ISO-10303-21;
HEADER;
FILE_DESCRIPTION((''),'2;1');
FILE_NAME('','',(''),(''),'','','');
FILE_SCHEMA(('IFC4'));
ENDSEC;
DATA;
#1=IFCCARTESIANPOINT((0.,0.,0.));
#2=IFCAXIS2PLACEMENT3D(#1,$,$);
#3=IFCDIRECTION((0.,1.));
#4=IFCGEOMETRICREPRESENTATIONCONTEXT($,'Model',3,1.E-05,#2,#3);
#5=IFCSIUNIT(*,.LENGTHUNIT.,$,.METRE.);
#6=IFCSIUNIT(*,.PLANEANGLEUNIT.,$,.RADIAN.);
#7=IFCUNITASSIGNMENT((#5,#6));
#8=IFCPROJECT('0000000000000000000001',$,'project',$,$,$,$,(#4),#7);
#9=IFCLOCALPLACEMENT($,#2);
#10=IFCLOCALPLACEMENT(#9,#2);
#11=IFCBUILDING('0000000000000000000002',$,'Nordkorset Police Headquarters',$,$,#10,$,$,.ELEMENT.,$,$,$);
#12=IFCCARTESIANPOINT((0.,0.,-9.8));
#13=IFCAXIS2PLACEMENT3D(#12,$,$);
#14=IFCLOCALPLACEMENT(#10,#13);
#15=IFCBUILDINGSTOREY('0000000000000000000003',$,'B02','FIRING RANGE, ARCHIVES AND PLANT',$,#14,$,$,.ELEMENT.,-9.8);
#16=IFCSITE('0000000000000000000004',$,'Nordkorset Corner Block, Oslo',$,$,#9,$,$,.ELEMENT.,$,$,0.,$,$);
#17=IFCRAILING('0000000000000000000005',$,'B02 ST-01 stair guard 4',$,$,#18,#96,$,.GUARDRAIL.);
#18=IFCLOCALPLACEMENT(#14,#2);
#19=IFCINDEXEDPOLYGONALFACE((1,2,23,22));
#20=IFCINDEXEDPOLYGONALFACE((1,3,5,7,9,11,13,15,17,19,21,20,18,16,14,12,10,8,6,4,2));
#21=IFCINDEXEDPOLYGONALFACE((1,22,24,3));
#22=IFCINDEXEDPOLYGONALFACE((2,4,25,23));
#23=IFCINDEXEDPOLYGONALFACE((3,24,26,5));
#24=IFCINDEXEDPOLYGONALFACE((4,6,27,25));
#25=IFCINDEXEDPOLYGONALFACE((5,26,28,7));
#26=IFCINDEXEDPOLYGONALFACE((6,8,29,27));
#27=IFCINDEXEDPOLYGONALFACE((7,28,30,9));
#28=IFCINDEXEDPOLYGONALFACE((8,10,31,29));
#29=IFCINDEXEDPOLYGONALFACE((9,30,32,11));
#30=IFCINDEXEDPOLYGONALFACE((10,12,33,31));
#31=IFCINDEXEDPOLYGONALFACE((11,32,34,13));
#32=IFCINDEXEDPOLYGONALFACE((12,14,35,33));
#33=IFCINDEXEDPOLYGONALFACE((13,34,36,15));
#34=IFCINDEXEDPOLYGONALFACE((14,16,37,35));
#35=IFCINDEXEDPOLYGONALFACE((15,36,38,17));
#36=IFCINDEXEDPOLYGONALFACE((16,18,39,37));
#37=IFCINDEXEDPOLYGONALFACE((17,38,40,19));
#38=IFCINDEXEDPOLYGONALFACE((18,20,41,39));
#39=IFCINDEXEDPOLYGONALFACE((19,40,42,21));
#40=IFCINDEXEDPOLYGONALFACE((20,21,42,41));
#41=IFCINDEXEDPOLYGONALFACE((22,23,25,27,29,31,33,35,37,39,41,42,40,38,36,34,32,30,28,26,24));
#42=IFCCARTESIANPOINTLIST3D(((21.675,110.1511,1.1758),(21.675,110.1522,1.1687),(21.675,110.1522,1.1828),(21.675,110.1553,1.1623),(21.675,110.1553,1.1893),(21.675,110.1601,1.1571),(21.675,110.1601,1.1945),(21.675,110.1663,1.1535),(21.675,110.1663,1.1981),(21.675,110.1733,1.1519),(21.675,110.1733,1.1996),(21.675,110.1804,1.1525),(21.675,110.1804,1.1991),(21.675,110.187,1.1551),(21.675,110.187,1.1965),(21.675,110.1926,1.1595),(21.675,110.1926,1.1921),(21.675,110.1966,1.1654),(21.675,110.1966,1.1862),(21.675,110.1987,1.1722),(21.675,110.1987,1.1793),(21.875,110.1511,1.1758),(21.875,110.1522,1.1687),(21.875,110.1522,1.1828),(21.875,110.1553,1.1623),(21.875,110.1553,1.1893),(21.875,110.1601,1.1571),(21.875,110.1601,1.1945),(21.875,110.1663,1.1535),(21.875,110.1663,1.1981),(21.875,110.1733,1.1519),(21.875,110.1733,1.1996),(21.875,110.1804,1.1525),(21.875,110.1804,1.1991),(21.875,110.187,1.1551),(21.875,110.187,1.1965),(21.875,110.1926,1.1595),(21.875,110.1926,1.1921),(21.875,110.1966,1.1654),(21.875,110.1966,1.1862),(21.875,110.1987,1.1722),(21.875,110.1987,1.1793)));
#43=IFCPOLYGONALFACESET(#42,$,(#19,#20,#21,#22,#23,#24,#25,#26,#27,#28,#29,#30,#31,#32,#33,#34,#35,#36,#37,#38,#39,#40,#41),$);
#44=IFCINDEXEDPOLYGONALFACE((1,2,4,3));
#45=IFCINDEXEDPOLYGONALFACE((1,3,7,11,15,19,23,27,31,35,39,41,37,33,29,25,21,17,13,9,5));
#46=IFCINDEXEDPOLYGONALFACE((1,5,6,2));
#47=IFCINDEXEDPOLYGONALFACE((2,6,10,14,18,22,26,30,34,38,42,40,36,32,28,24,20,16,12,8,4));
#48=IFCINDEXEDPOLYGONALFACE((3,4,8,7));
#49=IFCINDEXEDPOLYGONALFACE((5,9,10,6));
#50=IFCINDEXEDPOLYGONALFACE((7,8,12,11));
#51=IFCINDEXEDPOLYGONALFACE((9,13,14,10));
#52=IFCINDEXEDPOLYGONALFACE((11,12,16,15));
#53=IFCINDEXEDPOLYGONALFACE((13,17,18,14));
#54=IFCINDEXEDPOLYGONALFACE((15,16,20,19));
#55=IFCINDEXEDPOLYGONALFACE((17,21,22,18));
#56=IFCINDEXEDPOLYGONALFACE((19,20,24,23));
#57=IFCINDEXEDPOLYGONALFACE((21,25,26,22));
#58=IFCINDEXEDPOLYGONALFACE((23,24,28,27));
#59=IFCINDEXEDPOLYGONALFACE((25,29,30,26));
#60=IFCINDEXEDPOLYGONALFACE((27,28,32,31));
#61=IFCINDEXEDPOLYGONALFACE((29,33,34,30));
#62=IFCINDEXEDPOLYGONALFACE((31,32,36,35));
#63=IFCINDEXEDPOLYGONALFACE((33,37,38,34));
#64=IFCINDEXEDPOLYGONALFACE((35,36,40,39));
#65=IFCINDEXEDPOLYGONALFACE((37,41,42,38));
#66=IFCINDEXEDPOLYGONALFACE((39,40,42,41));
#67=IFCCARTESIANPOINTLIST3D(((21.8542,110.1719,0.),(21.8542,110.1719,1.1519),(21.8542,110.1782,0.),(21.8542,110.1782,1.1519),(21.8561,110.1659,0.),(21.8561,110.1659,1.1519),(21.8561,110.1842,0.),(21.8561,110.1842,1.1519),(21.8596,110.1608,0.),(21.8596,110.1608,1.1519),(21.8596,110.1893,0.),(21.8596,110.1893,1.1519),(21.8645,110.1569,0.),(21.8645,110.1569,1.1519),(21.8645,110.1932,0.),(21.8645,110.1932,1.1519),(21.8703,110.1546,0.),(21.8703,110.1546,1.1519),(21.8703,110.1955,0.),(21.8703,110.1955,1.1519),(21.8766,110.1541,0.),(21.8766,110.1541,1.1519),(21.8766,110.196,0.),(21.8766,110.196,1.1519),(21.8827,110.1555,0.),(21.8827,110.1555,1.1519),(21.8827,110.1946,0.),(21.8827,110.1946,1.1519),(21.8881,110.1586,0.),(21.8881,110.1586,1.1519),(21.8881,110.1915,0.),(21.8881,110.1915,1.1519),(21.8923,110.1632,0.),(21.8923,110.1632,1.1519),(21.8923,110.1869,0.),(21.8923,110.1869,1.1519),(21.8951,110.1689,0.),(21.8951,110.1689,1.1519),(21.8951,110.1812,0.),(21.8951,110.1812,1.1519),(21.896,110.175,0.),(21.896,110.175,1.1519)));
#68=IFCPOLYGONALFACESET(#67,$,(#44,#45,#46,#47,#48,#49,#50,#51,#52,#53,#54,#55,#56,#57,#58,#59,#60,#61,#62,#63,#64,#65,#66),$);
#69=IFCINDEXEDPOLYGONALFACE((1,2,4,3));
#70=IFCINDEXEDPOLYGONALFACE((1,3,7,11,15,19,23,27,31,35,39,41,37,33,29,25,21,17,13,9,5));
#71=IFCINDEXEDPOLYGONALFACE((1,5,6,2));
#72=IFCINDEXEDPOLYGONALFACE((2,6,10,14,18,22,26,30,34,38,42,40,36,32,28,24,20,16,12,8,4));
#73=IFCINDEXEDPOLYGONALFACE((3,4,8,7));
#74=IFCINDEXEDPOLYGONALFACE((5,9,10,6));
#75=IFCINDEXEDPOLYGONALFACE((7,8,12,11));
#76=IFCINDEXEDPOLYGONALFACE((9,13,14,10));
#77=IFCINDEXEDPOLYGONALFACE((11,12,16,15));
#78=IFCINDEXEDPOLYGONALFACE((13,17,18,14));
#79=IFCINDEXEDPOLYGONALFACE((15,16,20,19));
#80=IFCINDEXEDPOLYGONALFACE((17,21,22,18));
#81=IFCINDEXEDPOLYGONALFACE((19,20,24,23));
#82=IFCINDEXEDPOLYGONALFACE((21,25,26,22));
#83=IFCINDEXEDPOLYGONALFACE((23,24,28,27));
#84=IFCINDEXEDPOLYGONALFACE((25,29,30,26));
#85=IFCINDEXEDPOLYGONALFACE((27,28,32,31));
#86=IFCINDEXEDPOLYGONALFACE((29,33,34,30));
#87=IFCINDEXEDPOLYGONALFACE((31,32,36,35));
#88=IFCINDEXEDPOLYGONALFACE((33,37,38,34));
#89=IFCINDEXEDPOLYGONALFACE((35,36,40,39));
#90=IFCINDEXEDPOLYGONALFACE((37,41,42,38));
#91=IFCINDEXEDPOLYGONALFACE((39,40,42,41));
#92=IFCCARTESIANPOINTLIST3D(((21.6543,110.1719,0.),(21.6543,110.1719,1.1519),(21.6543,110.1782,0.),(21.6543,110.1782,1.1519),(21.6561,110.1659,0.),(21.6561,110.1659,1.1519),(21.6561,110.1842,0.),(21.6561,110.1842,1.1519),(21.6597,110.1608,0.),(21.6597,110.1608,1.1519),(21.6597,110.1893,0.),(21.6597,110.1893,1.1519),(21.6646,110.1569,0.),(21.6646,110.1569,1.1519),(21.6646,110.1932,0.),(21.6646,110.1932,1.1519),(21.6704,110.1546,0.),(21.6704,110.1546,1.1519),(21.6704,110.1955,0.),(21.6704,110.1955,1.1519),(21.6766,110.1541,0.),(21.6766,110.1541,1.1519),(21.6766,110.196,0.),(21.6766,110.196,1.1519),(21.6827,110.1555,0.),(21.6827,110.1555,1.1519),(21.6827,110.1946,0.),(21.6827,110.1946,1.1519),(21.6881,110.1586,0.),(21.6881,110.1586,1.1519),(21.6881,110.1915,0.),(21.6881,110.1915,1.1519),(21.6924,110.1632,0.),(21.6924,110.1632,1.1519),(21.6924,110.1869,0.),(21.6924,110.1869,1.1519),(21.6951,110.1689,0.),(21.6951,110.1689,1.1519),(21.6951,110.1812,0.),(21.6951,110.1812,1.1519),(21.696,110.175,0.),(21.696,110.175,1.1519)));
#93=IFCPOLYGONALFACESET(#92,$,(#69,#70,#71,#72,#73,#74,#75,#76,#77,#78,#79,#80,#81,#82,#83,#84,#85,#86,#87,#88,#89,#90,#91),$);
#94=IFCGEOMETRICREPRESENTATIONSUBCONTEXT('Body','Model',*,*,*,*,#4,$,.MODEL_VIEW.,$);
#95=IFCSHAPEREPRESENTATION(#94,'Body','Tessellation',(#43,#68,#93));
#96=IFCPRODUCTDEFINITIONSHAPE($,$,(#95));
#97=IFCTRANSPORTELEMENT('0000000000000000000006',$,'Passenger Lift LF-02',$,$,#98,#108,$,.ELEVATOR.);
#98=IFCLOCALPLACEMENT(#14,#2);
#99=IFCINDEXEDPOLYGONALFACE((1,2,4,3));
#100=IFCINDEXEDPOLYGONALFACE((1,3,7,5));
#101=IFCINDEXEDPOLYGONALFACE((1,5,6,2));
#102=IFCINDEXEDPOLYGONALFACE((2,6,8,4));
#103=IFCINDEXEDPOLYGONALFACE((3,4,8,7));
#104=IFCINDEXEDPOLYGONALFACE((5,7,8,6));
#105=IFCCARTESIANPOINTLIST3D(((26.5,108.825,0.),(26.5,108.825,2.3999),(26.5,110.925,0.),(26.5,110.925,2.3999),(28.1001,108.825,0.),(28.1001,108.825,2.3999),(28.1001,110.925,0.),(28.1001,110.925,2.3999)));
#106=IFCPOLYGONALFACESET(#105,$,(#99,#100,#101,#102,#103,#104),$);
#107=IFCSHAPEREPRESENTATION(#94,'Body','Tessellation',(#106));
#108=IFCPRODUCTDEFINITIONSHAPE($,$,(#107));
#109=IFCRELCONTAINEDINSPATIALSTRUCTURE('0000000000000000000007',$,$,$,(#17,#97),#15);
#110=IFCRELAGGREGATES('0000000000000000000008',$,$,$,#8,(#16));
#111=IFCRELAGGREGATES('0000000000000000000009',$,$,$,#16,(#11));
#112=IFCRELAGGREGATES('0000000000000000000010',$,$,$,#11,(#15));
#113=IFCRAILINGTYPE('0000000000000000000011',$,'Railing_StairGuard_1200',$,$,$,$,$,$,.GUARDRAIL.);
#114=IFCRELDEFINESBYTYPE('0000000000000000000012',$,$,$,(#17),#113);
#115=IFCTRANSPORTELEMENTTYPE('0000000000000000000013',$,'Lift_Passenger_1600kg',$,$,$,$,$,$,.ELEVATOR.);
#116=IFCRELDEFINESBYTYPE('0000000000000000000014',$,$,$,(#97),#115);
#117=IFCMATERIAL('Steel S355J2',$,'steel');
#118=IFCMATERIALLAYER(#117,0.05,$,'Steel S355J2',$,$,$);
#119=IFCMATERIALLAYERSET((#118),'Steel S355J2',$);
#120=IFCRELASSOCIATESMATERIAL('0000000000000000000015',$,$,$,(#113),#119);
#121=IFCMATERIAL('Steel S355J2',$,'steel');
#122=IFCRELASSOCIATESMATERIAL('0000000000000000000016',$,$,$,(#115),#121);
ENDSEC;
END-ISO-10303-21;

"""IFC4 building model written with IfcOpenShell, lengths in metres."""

from ifc_helpers import new_model, si_unit, direction, frame, origin, origin_2d, place, context, subcontext, project, spatial, rectangle, circle, extrude, material, layer, layer_set, type_object, element, save


model = new_model("IFC4")

# Units and contexts
model_context = context("Model", 3, precision=1e-05, world=origin(), true_north=direction((0.0, 1.0)))
body_context = subcontext(model_context, "Body", "Model", "MODEL_VIEW")
ifc_project = project(units=[si_unit("LENGTHUNIT", "METRE"), si_unit("PLANEANGLEUNIT", "RADIAN")], contexts=[model_context])

# Site, building, storey
site_placement = place(None, origin())
site = spatial("IfcSite", under=ifc_project, at=site_placement, Name="Nordkorset Corner Block, Oslo", CompositionType="ELEMENT", RefElevation=0.0)
building_placement = place(site_placement, origin())
building = spatial("IfcBuilding", under=site, at=building_placement, Name="Nordkorset Police Headquarters", CompositionType="ELEMENT")
storey_placement = place(building_placement, frame((0.0, 0.0, -9.8)))
storey = spatial("IfcBuildingStorey", under=building, at=storey_placement, Name="B02", Description="FIRING RANGE, ARCHIVES AND PLANT", CompositionType="ELEMENT", Elevation=-9.8)

# Railing
ifc_material_1 = material(Name="Steel S355J2", Category="steel")
ifc_layer_1 = layer(ifc_material_1, 0.05, Name="Steel S355J2")
ifc_layer_set_1 = layer_set([ifc_layer_1], Name="Steel S355J2")
railing_type_1 = type_object("IfcRailingType", Name="Railing_StairGuard_1200", PredefinedType="GUARDRAIL", material=ifc_layer_set_1)
railing_1_placement = place(storey_placement, frame((21.875, 110.175, 0.0)))
element("IfcRailing", 1, at=railing_1_placement, inside=storey, type_object=railing_type_1, Name="B02 ST-01 stair guard 4", PredefinedType="GUARDRAIL", context=body_context, shape_type="SweptSolid", body=[
    extrude(circle(Radius=0.0239, at=origin_2d()), frame((0.0, 0.0, 1.1758), z_axis=(-1.0, 0.0, 0.0), x_axis=(0.0, -1.0, 0.0)), (0.0, 0.0, 1.0), 0.2),
    extrude(circle(Radius=0.021, at=origin_2d()), origin(), (0.0, 0.0, 1.0), 1.1519),
    extrude(circle(Radius=0.021, at=origin_2d()), frame((-0.2, 0.0, 0.0)), (0.0, 0.0, 1.0), 1.1519),
])

# Transport element
ifc_material_2 = material(Name="Steel S355J2", Category="steel")
transport_element_type = type_object("IfcTransportElementType", Name="Lift_Passenger_1600kg", PredefinedType="ELEVATOR", material=ifc_material_2)
transport_element_placement = place(storey_placement, frame((27.3, 109.875, 0.0), z_axis=(0.0, 0.0, 1.0), x_axis=(1.0, 0.0, 0.0)))
element("IfcTransportElement", 2, at=transport_element_placement, inside=storey, type_object=transport_element_type, Name="Passenger Lift LF-02", PredefinedType="ELEVATOR", context=body_context, shape_type="SweptSolid", body=[
    extrude(rectangle(XDim=1.6001, YDim=2.1001, at=origin_2d()), origin(), (0.0, 0.0, 1.0), 2.3999),
])

save(model, "model.ifc")
